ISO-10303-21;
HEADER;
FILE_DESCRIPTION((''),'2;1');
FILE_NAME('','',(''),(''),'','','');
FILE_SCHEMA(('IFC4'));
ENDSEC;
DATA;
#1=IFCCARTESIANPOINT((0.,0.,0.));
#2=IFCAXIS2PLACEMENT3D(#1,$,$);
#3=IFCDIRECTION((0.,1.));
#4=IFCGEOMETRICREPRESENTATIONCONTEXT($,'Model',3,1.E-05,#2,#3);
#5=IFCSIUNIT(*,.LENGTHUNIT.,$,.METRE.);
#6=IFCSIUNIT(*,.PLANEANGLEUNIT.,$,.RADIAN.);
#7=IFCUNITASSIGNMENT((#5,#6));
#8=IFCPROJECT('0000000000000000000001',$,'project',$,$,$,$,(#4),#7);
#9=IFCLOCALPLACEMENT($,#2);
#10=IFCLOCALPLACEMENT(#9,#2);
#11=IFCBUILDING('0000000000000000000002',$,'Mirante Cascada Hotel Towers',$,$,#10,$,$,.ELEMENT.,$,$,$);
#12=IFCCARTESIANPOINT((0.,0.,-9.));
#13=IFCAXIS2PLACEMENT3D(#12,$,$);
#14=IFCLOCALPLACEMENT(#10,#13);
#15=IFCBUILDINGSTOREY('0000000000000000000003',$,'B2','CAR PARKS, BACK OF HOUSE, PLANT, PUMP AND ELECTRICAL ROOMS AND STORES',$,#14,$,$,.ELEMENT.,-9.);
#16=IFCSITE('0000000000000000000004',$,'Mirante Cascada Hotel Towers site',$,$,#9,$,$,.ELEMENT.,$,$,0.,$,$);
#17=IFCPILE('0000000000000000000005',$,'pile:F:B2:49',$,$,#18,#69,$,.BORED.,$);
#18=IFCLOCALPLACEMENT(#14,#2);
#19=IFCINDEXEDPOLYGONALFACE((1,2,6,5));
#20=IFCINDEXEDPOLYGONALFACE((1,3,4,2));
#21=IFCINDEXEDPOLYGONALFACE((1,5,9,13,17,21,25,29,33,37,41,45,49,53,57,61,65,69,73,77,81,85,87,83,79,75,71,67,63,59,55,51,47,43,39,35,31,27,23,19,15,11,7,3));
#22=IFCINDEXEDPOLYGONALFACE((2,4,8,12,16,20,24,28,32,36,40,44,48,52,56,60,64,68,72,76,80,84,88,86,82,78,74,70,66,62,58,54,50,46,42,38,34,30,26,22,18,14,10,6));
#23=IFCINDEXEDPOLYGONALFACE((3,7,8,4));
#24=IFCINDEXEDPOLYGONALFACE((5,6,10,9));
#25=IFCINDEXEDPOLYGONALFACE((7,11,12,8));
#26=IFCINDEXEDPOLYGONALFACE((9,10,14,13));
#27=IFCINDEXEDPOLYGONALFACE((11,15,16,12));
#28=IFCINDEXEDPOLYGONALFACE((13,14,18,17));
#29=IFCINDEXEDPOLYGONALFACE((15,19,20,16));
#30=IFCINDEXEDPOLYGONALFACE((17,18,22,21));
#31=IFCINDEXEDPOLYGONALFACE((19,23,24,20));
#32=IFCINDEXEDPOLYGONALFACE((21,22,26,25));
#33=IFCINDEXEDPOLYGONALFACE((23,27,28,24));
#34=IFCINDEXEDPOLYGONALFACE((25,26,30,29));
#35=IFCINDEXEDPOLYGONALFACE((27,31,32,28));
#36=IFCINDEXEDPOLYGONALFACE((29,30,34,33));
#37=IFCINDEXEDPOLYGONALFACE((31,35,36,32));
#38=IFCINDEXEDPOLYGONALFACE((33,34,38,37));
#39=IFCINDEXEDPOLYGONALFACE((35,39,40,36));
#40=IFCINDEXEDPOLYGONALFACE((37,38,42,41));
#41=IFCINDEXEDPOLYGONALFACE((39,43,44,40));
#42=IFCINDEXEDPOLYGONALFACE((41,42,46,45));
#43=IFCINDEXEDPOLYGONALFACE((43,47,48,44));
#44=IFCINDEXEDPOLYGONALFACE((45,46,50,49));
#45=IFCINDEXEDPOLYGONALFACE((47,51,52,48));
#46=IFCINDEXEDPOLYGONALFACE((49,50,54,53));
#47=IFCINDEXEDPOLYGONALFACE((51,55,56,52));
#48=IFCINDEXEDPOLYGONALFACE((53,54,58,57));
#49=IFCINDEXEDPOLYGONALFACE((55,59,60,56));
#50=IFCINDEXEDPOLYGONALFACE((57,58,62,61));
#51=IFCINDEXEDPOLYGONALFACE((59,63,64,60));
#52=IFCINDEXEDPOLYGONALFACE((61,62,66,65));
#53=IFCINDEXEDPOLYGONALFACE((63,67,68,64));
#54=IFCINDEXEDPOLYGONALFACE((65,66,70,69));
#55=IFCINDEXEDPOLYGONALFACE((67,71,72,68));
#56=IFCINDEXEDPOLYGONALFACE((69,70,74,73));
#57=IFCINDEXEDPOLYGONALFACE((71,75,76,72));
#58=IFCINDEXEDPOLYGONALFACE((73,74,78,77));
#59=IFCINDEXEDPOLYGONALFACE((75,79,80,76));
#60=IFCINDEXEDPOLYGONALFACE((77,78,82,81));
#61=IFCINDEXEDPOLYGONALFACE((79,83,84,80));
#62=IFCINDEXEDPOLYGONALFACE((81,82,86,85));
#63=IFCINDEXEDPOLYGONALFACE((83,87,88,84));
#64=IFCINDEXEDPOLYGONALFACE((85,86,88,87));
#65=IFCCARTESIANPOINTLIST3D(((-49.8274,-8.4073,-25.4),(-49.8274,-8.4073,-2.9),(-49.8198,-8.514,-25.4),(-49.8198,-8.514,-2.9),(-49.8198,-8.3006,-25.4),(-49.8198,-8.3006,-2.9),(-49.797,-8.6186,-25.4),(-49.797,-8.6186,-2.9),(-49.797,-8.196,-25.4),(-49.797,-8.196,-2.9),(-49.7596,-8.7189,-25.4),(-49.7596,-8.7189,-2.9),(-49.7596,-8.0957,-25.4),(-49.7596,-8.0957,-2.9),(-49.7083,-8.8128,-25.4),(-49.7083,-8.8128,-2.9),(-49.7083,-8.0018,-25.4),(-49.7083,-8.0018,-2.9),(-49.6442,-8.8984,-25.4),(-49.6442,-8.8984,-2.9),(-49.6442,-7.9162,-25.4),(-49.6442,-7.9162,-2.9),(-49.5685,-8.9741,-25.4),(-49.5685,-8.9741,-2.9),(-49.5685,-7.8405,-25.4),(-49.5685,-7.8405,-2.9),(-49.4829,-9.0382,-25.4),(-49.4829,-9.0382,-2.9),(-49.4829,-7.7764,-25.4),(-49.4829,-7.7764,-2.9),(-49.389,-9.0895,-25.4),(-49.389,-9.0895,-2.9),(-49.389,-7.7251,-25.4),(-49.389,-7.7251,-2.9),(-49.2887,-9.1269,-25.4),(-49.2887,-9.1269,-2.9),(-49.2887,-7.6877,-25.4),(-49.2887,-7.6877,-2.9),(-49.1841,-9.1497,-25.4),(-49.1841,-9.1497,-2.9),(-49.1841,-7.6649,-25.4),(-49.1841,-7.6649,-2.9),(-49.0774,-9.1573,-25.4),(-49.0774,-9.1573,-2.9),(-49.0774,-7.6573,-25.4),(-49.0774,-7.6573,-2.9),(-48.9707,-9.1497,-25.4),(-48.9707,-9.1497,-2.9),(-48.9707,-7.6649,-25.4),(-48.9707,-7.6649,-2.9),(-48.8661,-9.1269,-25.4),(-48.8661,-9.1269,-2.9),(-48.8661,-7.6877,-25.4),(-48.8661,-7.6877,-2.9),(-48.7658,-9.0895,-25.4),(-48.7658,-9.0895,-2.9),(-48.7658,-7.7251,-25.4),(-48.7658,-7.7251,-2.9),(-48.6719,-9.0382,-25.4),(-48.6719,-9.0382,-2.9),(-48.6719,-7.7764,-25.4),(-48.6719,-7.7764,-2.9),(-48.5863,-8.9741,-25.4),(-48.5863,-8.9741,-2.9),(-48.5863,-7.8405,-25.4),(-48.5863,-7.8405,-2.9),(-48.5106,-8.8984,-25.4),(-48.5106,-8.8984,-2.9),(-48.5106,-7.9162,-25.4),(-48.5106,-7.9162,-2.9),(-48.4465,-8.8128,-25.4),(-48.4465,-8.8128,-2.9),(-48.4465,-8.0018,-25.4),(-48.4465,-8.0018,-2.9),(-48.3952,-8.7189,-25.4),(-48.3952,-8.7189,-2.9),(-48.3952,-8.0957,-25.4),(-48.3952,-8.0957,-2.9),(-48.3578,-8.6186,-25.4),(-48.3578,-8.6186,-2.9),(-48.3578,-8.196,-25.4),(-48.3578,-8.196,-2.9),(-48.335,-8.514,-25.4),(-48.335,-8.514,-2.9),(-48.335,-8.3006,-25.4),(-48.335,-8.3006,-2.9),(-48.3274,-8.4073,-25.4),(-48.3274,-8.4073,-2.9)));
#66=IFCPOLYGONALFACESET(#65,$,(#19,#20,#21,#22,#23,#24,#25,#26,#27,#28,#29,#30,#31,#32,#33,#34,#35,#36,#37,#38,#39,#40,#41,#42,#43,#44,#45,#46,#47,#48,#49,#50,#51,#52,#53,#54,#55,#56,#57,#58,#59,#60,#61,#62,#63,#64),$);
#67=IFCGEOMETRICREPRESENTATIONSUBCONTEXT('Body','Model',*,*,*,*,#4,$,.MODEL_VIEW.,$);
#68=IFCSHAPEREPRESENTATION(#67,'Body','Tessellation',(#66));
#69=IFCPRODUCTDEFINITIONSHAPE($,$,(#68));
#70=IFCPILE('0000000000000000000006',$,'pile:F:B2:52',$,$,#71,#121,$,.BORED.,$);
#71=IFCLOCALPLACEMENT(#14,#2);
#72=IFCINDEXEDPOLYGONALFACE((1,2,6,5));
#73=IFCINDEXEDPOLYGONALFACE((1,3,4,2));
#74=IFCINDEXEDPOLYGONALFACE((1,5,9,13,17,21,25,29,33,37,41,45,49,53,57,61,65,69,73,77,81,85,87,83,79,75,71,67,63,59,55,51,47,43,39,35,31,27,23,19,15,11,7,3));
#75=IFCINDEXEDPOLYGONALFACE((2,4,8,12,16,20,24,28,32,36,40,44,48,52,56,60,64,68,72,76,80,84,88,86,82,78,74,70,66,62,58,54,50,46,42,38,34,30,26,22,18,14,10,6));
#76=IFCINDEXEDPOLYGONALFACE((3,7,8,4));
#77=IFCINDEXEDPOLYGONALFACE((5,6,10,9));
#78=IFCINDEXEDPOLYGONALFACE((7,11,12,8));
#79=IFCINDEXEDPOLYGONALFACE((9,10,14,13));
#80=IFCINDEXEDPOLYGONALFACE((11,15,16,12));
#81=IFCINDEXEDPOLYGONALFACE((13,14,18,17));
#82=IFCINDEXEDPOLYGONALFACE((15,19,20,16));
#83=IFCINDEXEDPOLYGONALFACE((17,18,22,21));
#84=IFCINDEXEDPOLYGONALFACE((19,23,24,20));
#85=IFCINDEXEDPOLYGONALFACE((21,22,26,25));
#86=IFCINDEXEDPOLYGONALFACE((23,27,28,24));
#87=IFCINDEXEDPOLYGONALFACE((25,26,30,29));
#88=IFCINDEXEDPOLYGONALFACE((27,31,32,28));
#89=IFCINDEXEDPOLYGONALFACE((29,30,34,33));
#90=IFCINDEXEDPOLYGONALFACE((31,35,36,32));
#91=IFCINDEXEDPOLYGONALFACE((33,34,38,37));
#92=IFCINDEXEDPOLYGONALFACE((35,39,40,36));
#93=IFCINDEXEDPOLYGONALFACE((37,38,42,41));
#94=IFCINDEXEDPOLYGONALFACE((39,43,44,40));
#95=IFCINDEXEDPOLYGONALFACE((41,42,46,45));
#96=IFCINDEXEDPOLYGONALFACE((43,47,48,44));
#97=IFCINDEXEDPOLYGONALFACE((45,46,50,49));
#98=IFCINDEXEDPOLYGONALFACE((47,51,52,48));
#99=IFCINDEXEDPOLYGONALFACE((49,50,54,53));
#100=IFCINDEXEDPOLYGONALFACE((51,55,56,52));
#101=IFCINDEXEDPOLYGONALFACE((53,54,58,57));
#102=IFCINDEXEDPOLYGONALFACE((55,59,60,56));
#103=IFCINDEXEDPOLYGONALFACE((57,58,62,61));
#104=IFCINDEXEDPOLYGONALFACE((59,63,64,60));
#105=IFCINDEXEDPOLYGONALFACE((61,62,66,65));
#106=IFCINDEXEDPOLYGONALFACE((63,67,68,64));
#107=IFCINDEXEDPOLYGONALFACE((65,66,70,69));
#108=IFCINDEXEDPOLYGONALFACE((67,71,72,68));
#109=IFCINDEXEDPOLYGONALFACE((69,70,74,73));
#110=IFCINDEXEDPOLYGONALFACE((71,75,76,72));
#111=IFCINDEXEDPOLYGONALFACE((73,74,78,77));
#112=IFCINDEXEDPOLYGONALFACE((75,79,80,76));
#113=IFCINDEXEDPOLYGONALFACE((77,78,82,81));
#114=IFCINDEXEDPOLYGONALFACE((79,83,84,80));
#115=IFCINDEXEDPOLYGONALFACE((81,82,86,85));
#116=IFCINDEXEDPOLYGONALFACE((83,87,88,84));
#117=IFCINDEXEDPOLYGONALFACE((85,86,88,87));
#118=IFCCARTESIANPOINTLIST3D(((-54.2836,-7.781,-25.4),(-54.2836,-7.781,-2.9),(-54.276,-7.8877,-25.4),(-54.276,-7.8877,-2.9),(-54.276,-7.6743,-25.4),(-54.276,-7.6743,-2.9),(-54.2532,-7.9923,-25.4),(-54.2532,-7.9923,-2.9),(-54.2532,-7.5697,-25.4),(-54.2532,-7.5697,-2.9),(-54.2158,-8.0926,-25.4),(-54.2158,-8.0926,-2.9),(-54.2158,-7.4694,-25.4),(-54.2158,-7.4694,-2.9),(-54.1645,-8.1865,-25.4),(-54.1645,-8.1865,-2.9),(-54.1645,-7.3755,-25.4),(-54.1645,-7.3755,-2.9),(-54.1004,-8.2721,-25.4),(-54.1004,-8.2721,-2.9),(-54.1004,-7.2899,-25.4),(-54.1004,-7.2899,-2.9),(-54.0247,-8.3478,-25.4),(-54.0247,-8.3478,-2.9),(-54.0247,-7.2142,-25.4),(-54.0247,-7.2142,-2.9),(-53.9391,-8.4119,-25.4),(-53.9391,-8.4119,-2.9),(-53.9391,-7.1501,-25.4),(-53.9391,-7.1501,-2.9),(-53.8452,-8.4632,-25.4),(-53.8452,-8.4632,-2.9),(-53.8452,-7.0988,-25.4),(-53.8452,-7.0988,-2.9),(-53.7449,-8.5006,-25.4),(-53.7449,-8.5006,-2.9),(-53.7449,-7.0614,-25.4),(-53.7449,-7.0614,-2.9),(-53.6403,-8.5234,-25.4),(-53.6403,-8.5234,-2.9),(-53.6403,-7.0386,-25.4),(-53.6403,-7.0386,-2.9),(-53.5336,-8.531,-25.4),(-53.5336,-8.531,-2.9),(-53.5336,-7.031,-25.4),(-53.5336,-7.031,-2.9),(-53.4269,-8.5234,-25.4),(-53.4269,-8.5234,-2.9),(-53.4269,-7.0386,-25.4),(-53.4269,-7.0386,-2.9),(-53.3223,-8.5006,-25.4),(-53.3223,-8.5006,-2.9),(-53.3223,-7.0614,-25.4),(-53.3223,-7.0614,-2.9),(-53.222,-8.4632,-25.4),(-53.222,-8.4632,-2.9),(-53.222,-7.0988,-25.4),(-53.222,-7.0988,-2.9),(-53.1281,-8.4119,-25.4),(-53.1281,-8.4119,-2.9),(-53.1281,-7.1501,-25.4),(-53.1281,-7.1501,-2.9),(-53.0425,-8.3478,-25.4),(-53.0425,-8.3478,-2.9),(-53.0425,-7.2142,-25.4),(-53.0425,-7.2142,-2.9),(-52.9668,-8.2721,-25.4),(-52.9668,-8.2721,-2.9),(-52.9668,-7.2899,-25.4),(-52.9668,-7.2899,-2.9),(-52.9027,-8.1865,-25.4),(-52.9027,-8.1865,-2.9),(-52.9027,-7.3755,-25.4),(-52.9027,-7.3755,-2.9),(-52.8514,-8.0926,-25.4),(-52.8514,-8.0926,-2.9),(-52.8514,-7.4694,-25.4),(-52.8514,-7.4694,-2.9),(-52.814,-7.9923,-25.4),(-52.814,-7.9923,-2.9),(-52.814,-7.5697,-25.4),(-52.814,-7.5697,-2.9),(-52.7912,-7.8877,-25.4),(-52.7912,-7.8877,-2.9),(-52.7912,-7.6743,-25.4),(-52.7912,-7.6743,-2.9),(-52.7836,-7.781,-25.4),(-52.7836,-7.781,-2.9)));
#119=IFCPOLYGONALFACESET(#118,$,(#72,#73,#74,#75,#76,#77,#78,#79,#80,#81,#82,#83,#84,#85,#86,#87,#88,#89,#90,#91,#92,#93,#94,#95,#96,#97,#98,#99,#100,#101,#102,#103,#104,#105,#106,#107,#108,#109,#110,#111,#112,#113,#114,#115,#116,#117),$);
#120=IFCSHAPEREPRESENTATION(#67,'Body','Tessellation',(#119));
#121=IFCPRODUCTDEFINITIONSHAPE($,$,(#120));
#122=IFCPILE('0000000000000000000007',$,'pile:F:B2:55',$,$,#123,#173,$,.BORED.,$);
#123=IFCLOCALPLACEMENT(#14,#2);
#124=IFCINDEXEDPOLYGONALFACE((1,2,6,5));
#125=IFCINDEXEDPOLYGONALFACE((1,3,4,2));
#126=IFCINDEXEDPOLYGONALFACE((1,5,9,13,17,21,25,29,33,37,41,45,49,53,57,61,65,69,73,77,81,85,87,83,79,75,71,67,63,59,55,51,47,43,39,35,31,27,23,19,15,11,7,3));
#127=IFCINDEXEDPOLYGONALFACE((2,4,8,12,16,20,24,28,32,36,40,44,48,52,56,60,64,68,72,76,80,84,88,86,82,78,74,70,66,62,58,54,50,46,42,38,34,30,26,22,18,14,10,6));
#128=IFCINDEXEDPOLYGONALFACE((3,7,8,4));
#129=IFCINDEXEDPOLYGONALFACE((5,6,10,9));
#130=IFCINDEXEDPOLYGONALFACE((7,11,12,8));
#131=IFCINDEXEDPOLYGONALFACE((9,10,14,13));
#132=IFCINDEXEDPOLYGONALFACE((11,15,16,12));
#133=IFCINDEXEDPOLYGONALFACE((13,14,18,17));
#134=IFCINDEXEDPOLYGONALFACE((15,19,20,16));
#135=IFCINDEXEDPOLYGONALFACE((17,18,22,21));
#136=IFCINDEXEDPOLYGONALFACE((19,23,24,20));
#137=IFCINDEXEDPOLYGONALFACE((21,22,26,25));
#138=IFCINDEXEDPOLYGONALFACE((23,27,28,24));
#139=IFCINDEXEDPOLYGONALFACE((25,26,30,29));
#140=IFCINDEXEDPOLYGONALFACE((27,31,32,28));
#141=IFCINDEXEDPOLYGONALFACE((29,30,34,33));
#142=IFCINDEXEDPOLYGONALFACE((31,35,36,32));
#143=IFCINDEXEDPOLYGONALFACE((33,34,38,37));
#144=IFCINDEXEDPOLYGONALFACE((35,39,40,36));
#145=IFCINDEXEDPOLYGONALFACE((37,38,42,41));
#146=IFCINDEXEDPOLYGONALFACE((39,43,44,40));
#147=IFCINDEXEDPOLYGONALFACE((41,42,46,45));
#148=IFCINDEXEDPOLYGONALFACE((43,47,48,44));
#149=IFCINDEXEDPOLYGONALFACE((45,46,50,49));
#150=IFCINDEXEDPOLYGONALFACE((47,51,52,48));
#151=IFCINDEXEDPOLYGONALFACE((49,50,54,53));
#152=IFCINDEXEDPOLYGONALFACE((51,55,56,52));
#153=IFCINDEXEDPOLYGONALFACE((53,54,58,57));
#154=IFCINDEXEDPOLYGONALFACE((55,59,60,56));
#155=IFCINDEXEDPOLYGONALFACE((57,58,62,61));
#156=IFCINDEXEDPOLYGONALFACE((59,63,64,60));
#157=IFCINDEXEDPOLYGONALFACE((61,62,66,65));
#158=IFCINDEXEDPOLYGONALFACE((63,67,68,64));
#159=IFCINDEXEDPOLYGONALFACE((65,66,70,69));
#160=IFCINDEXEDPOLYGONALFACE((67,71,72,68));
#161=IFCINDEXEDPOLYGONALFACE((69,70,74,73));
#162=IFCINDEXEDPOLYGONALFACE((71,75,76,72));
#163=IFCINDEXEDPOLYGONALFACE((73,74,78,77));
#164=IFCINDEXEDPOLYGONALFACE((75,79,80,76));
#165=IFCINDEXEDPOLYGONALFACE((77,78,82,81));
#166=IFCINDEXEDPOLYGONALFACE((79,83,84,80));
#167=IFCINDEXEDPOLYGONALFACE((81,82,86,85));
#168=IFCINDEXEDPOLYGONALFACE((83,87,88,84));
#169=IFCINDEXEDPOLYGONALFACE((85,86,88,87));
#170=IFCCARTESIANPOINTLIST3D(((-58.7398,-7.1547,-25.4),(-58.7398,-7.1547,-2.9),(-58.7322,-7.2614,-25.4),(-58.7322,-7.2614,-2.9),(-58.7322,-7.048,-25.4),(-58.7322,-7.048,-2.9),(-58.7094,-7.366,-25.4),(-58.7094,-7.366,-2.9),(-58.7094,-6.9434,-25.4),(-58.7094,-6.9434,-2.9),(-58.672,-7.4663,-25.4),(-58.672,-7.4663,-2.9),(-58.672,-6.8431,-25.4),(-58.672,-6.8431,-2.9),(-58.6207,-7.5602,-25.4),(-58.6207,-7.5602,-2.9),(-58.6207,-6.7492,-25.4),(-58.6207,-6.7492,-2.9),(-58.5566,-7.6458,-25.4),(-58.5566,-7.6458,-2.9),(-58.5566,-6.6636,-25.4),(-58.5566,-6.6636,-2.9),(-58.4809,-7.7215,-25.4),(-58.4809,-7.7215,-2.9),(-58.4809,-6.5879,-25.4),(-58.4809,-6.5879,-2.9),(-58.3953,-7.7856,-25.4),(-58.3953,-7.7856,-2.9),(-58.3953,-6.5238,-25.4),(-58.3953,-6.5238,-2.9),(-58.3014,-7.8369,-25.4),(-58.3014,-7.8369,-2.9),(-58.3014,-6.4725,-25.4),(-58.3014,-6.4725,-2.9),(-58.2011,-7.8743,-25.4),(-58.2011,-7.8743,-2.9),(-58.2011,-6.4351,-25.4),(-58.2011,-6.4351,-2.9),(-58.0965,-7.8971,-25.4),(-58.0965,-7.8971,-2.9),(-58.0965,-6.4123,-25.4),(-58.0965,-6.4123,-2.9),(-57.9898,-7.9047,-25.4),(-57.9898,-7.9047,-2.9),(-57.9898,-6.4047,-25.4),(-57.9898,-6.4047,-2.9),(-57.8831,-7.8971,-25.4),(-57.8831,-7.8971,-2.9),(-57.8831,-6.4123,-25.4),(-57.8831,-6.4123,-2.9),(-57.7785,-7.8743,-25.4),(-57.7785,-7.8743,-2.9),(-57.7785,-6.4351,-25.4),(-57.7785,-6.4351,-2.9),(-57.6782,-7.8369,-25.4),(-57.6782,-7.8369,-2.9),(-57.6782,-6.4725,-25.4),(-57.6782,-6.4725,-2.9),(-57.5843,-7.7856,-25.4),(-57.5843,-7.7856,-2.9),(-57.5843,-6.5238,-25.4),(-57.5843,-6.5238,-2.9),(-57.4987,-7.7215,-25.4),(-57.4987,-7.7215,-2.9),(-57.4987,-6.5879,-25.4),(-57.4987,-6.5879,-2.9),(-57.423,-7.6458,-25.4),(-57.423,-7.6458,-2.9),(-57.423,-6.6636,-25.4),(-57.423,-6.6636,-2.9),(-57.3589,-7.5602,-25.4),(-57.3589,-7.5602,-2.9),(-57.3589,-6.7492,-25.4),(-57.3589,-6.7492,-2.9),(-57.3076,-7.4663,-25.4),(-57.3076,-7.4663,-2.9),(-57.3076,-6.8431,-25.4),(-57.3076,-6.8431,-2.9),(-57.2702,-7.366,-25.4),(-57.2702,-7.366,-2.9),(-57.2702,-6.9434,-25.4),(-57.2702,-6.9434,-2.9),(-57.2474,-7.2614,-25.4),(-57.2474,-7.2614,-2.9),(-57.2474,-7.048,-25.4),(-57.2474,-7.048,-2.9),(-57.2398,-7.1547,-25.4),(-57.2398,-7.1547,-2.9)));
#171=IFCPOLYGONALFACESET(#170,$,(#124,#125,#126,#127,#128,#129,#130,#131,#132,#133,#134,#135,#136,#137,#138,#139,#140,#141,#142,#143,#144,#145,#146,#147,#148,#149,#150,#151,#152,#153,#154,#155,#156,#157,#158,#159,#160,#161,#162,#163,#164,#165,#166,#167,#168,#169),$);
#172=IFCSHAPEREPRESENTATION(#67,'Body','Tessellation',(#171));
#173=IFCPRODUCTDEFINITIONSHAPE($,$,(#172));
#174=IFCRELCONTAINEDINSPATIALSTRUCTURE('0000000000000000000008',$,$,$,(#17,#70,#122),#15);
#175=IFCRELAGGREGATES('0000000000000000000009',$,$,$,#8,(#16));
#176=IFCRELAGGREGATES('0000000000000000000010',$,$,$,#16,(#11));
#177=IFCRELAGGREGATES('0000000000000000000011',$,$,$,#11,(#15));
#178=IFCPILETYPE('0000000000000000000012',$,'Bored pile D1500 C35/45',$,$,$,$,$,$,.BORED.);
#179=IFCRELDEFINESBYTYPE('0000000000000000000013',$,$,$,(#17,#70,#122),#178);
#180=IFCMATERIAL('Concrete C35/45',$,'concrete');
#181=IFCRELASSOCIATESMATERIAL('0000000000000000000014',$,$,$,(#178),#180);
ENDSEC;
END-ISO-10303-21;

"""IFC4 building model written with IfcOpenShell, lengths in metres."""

from ifc_helpers import new_model, si_unit, direction, frame, origin, origin_2d, place, context, subcontext, project, spatial, circle, extrude, material, material_profile, profile_set, type_object, element, save


model = new_model("IFC4")

# Units and contexts
model_context = context("Model", 3, precision=1e-05, world=origin(), true_north=direction((0.0, 1.0)))
body_context = subcontext(model_context, "Body", "Model", "MODEL_VIEW")
ifc_project = project(units=[si_unit("LENGTHUNIT", "METRE"), si_unit("PLANEANGLEUNIT", "RADIAN")], contexts=[model_context])

# Site, building, storey
site_placement = place(None, origin())
site = spatial("IfcSite", under=ifc_project, at=site_placement, Name="Mirante Cascada Hotel Towers site", CompositionType="ELEMENT", RefElevation=0.0)
building_placement = place(site_placement, origin())
building = spatial("IfcBuilding", under=site, at=building_placement, Name="Mirante Cascada Hotel Towers", CompositionType="ELEMENT")
storey_placement = place(building_placement, frame((0.0, 0.0, -9.0)))
storey = spatial("IfcBuildingStorey", under=building, at=storey_placement, Name="B2", Description="CAR PARKS, BACK OF HOUSE, PLANT, PUMP AND ELECTRICAL ROOMS AND STORES", CompositionType="ELEMENT", Elevation=-9.0)

# Piles
ifc_material_1 = material(Name="Concrete C35/45", Category="concrete")
ifc_material_profile_1 = material_profile(ifc_material_1, circle(Radius=0.75, at=origin_2d()), Name="RC D1500")
ifc_profile_set_1 = profile_set([ifc_material_profile_1], Name="Concrete C35/45")
pile_type = type_object("IfcPileType", Name="Bored pile D1500 C35/45", PredefinedType="BORED", material=ifc_profile_set_1)
for number, where, z_axis, x_axis, name in (
    (1, (-49.0774, -8.4073, -2.9), (0.0, 0.0, -1.0), (1.0, 0.0, 0.0), "pile:F:B2:49"),
    (2, (-53.5336, -7.781, -2.9), (0.0, 0.0, -1.0), (1.0, 0.0, 0.0), "pile:F:B2:52"),
    (3, (-57.9898, -7.1547, -2.9), (0.0, 0.0, -1.0), (1.0, 0.0, 0.0), "pile:F:B2:55"),
):
    element("IfcPile", number, at=place(storey_placement, frame(where, z_axis=z_axis, x_axis=x_axis)), inside=storey, type_object=pile_type, Name=name, PredefinedType="BORED", context=body_context, shape_type="SweptSolid", body=[
        extrude(circle(Radius=0.75, at=origin_2d()), origin(), (0.0, 0.0, 1.0), 22.5),
    ])

save(model, "model.ifc")
